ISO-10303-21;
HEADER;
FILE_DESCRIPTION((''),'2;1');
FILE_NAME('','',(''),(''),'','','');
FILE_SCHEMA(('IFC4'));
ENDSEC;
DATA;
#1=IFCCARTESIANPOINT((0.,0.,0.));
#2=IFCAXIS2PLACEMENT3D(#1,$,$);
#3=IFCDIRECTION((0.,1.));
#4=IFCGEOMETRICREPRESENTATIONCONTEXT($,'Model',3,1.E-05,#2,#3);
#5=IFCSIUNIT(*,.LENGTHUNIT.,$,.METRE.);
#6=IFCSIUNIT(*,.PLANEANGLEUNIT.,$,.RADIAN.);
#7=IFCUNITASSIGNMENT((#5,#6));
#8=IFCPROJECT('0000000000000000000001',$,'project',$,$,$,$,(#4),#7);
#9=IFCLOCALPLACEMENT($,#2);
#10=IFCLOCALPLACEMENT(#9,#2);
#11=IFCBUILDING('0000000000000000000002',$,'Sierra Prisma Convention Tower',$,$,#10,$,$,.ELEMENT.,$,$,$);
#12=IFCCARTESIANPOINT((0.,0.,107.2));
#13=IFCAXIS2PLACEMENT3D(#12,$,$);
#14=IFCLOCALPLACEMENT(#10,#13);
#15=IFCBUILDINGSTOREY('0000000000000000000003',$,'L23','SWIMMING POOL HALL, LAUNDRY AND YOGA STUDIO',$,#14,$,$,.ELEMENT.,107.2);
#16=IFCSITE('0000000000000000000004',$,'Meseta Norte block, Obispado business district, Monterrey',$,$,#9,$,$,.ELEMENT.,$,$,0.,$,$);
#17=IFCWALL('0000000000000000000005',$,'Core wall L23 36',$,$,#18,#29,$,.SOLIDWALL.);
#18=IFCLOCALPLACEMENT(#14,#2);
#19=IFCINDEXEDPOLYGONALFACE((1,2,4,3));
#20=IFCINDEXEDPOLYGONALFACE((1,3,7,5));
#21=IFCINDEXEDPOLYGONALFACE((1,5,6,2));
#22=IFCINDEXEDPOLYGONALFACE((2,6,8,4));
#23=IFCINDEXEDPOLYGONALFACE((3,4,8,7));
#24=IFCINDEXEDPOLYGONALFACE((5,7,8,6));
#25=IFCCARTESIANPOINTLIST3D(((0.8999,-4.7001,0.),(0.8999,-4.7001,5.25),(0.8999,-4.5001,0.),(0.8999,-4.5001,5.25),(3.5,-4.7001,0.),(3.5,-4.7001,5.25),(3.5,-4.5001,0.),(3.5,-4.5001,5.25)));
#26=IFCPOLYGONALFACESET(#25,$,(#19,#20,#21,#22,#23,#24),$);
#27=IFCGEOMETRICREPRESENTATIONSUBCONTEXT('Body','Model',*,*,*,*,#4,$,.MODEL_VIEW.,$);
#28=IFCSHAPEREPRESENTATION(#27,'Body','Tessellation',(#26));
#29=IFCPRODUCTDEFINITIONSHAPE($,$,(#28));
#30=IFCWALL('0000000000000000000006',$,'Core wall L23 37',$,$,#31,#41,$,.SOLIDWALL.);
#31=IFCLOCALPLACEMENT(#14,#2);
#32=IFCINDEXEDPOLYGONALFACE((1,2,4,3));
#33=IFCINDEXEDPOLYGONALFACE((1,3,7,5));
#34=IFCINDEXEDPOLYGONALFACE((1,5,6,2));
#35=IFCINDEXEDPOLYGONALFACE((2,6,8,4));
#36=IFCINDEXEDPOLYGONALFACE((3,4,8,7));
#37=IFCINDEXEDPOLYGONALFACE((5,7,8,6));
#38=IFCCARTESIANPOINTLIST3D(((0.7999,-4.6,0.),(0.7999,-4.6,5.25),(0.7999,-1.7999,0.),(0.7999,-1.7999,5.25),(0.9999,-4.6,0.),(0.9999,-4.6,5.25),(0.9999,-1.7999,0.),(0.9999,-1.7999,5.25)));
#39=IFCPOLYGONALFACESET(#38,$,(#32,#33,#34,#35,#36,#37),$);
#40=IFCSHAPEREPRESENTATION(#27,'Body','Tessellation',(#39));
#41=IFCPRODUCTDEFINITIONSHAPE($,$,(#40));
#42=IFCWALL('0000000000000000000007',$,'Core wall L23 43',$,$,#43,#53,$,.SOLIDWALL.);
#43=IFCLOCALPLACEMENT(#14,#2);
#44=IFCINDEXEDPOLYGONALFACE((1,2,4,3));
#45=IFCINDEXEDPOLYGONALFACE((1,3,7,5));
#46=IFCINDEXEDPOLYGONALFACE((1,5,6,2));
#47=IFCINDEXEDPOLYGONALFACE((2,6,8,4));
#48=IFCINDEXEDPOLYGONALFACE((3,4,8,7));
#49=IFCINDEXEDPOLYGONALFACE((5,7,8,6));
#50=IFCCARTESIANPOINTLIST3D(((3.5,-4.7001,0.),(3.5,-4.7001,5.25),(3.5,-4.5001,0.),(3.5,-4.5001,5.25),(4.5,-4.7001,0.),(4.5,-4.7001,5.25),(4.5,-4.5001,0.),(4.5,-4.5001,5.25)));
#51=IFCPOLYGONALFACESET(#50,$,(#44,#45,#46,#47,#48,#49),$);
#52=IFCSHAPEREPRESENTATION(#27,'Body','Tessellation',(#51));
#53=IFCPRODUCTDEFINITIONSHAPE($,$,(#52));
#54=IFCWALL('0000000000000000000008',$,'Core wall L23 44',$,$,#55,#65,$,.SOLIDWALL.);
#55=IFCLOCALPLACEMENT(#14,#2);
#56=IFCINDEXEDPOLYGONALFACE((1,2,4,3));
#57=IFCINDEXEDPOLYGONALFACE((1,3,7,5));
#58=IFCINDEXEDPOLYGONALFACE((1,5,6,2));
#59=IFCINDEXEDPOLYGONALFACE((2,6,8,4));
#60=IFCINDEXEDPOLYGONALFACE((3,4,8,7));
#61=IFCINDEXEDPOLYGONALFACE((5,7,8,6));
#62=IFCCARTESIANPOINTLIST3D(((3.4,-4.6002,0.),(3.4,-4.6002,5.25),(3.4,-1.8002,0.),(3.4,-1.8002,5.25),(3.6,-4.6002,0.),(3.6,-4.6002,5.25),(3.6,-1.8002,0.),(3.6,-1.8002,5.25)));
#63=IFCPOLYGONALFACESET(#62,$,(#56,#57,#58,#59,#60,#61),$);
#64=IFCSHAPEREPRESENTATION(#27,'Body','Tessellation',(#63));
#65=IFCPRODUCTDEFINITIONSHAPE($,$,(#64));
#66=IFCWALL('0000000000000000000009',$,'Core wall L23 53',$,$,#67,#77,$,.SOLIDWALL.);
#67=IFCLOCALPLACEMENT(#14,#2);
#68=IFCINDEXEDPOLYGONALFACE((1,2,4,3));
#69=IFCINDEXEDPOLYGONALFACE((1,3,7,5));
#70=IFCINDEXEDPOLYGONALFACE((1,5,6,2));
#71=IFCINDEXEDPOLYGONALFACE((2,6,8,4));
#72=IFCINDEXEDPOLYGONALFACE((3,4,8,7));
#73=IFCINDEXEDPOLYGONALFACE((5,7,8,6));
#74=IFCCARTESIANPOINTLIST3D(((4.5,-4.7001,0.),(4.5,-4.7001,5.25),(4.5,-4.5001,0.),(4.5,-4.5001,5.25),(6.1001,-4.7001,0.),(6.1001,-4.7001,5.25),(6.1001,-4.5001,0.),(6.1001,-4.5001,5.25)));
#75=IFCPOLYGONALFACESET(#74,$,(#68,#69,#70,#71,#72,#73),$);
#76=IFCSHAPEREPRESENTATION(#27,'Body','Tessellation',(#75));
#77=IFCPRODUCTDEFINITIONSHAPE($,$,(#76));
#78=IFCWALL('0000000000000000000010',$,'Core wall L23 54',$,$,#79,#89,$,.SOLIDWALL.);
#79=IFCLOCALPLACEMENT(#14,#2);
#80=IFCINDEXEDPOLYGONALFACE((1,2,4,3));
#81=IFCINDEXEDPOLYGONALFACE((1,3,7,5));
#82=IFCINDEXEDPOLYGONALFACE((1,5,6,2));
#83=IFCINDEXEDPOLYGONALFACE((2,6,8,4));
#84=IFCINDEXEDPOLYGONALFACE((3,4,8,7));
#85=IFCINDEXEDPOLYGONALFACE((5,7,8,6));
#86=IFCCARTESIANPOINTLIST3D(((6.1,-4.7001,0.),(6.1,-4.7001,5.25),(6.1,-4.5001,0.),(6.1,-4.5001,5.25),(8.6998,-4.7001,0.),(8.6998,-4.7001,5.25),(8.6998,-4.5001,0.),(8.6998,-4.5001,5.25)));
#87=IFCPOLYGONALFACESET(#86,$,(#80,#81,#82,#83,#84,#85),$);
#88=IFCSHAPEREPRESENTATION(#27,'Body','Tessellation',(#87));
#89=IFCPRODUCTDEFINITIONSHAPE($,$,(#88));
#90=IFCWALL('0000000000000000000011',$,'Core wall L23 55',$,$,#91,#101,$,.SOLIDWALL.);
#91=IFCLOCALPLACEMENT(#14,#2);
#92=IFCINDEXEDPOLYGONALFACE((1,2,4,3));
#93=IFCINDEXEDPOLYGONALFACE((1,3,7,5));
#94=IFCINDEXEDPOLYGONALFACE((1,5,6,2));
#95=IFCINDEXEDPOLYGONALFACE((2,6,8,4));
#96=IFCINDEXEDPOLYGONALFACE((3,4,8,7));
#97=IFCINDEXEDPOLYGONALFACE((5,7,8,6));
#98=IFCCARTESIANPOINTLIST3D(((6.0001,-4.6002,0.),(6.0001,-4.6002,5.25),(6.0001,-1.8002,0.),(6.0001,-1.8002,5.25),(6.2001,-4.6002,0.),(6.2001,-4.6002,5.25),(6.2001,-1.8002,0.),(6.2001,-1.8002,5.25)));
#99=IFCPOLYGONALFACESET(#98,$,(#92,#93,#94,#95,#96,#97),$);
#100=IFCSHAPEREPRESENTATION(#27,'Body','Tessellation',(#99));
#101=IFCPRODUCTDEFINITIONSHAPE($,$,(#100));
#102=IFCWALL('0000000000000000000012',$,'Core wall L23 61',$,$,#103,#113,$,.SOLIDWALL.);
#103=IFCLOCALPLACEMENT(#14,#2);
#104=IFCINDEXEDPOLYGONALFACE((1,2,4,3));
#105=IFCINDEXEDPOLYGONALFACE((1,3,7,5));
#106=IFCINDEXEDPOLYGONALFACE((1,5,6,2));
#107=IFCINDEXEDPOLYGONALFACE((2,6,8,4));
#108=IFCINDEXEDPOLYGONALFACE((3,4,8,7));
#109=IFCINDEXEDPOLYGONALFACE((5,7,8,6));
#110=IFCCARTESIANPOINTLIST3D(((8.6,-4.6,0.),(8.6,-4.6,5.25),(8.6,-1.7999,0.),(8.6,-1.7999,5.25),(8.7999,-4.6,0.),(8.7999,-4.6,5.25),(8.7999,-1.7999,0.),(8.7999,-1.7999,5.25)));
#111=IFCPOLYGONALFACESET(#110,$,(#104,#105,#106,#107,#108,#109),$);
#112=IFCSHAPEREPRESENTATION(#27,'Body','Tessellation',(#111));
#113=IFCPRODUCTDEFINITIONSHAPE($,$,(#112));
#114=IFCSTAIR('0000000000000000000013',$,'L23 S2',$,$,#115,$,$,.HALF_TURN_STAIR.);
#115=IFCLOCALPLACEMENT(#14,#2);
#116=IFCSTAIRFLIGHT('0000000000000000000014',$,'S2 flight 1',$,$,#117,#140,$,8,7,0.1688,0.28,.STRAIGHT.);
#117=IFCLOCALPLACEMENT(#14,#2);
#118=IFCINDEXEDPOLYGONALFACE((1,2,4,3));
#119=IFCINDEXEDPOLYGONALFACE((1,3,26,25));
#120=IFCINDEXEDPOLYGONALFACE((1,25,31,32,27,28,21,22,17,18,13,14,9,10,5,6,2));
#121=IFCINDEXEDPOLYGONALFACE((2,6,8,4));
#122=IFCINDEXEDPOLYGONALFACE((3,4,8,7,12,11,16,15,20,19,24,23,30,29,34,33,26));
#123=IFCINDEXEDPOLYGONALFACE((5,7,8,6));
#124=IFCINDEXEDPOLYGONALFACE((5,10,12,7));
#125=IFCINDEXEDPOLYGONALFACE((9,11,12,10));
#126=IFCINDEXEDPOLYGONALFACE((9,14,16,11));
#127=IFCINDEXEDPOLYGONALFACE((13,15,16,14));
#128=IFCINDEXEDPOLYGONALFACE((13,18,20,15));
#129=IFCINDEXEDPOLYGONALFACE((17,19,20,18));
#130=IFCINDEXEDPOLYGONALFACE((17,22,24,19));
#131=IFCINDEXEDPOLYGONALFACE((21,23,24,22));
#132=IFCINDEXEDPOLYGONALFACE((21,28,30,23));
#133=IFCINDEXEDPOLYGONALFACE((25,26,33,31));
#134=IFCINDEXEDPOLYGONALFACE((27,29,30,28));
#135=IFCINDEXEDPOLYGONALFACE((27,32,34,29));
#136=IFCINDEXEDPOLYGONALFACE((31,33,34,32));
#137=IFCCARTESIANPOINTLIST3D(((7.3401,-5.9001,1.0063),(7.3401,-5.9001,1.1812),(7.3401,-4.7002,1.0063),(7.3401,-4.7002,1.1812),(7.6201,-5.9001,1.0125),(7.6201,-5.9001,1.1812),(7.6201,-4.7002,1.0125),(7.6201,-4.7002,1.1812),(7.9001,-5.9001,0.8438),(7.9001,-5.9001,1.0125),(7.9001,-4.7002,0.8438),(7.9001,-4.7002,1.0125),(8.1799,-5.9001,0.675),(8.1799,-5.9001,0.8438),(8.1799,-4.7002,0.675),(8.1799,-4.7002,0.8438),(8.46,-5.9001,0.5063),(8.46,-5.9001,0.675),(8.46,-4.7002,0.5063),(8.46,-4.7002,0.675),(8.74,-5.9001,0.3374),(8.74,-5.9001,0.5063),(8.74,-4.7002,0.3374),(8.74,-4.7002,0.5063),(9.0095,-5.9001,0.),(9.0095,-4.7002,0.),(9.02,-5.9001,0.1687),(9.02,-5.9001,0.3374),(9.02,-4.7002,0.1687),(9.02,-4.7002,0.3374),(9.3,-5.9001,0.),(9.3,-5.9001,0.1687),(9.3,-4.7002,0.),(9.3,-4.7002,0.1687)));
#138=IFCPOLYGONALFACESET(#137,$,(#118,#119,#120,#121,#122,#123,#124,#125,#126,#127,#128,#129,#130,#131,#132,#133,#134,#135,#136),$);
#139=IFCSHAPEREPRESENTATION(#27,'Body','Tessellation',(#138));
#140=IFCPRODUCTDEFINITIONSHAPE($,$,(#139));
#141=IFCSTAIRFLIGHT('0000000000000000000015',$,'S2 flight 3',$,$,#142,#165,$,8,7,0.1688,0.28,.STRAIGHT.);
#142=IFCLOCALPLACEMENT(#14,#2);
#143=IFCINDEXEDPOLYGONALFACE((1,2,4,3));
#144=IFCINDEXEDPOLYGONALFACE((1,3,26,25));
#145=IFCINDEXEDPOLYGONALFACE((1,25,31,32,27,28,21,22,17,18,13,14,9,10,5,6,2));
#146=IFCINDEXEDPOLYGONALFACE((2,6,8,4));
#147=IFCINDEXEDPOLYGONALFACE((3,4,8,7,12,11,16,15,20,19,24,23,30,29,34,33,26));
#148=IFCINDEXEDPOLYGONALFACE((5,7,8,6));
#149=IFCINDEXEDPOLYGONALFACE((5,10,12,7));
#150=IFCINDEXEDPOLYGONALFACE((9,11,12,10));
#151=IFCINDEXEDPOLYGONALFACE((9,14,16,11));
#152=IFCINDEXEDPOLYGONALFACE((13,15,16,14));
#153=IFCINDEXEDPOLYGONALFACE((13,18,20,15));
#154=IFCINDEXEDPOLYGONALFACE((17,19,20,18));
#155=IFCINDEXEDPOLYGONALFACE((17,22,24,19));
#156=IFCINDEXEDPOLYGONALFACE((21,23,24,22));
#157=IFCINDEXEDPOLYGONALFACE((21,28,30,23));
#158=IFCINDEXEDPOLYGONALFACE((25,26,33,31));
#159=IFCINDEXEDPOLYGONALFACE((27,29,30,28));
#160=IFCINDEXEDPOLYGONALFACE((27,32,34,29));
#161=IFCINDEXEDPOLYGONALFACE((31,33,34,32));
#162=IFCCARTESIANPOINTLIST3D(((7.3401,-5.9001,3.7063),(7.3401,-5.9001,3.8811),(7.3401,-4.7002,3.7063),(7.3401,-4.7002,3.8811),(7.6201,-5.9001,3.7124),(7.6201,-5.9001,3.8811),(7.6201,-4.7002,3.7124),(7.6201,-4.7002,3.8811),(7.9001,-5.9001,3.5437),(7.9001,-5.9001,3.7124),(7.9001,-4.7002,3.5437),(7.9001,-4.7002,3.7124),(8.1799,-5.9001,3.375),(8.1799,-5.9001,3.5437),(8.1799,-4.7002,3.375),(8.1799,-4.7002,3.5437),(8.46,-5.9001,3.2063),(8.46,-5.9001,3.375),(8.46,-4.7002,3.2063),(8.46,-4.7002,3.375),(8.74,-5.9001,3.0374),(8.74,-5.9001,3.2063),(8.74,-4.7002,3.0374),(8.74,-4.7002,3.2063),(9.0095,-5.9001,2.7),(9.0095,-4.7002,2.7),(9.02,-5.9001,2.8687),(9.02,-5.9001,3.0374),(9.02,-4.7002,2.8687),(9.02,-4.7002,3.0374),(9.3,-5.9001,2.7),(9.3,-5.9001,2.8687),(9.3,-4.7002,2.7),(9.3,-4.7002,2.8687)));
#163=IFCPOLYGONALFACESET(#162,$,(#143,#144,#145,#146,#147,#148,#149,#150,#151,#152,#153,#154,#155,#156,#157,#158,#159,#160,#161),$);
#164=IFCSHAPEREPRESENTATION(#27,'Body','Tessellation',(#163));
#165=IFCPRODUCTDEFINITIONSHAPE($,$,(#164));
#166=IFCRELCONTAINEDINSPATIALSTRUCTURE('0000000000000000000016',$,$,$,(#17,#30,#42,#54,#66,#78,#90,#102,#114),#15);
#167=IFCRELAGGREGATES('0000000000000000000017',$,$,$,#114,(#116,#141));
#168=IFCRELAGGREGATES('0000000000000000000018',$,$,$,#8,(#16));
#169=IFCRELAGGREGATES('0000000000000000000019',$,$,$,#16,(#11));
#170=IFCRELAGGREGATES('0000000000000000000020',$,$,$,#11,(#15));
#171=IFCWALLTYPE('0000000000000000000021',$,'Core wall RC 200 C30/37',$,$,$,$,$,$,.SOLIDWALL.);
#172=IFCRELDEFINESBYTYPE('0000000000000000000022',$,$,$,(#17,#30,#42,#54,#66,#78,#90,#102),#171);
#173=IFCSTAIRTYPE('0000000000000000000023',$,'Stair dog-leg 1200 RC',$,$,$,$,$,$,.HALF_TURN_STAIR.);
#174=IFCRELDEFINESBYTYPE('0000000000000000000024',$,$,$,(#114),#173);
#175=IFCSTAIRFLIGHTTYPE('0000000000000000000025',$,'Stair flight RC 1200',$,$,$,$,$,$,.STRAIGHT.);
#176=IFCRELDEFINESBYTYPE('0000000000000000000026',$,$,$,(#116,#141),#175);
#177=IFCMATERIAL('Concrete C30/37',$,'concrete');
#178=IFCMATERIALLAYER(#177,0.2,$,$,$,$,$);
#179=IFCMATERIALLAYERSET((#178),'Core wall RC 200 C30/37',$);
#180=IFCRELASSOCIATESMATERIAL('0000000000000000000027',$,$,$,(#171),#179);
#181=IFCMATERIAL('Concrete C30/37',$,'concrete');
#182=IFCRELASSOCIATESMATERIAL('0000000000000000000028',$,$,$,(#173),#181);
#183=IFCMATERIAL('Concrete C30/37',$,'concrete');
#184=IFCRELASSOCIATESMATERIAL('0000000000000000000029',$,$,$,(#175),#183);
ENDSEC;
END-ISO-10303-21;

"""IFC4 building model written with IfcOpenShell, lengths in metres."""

from ifc_helpers import new_model, si_unit, direction, frame, frame_2d, origin, place, context, subcontext, project, spatial, polyline, rectangle, outline, extrude, material, layer, layer_set, type_object, element, aggregate, save


model = new_model("IFC4")

# Units and contexts
model_context = context("Model", 3, precision=1e-05, world=origin(), true_north=direction((0.0, 1.0)))
body_context = subcontext(model_context, "Body", "Model", "MODEL_VIEW")
ifc_project = project(units=[si_unit("LENGTHUNIT", "METRE"), si_unit("PLANEANGLEUNIT", "RADIAN")], contexts=[model_context])

# Site, building, storey
site_placement = place(None, origin())
site = spatial("IfcSite", under=ifc_project, at=site_placement, Name="Meseta Norte block, Obispado business district, Monterrey", CompositionType="ELEMENT", RefElevation=0.0)
building_placement = place(site_placement, origin())
building = spatial("IfcBuilding", under=site, at=building_placement, Name="Sierra Prisma Convention Tower", CompositionType="ELEMENT")
storey_placement = place(building_placement, frame((0.0, 0.0, 107.2)))
storey = spatial("IfcBuildingStorey", under=building, at=storey_placement, Name="L23", Description="SWIMMING POOL HALL, LAUNDRY AND YOGA STUDIO", CompositionType="ELEMENT", Elevation=107.2)

# Shared definitions
ifc_material_1 = material(Name="Concrete C30/37", Category="concrete")
ifc_layer = layer(ifc_material_1, 0.2)
ifc_layer_set = layer_set([ifc_layer], Name="Core wall RC 200 C30/37")
wall_type = type_object("IfcWallType", Name="Core wall RC 200 C30/37", PredefinedType="SOLIDWALL", material=ifc_layer_set)

# Walls
wall_1_placement = place(storey_placement, frame((3.5, -4.6001, 0.0), z_axis=(0.0, 0.0, 1.0), x_axis=(-1.0, 0.0, 0.0)))
element("IfcWall", 1, at=wall_1_placement, inside=storey, type_object=wall_type, Name="Core wall L23 36", PredefinedType="SOLIDWALL", context=body_context, shape_type="SweptSolid", body=[
    extrude(rectangle(XDim=2.6001, YDim=0.2, at=frame_2d((1.3, 0.0))), origin(), (0.0, 0.0, 1.0), 5.25),
])
wall_2_placement = place(storey_placement, frame((0.8999, -1.8, 0.0), z_axis=(0.0, 0.0, 1.0), x_axis=(0.0, -1.0, 0.0)))
element("IfcWall", 2, at=wall_2_placement, inside=storey, type_object=wall_type, Name="Core wall L23 37", PredefinedType="SOLIDWALL", context=body_context, shape_type="SweptSolid", body=[
    extrude(rectangle(XDim=2.8, YDim=0.2, at=frame_2d((1.3999, 0.0))), origin(), (0.0, 0.0, 1.0), 5.25),
])

# Walls
wall_3_placement = place(storey_placement, frame((4.5, -4.6001, 0.0), z_axis=(0.0, 0.0, 1.0), x_axis=(-1.0, 0.0, 0.0)))
element("IfcWall", 3, at=wall_3_placement, inside=storey, type_object=wall_type, Name="Core wall L23 43", PredefinedType="SOLIDWALL", context=body_context, shape_type="SweptSolid", body=[
    extrude(rectangle(XDim=1.0, YDim=0.2, at=frame_2d((0.5, 0.0))), origin(), (0.0, 0.0, 1.0), 5.25),
])
wall_4_placement = place(storey_placement, frame((3.5, -4.6001, 0.0), z_axis=(0.0, 0.0, 1.0), x_axis=(0.0, 1.0, 0.0)))
element("IfcWall", 4, at=wall_4_placement, inside=storey, type_object=wall_type, Name="Core wall L23 44", PredefinedType="SOLIDWALL", context=body_context, shape_type="SweptSolid", body=[
    extrude(rectangle(XDim=2.8, YDim=0.2, at=frame_2d((1.3999, 0.0))), origin(), (0.0, 0.0, 1.0), 5.25),
])

# Walls
wall_5_placement = place(storey_placement, frame((4.5, -4.6001, 0.0), z_axis=(0.0, 0.0, 1.0), x_axis=(1.0, 0.0, 0.0)))
element("IfcWall", 5, at=wall_5_placement, inside=storey, type_object=wall_type, Name="Core wall L23 53", PredefinedType="SOLIDWALL", context=body_context, shape_type="SweptSolid", body=[
    extrude(rectangle(XDim=1.6001, YDim=0.2, at=frame_2d((0.8, 0.0))), origin(), (0.0, 0.0, 1.0), 5.25),
])
wall_6_placement = place(storey_placement, frame((6.1001, -4.6001, 0.0), z_axis=(0.0, 0.0, 1.0), x_axis=(1.0, 0.0, 0.0)))
element("IfcWall", 6, at=wall_6_placement, inside=storey, type_object=wall_type, Name="Core wall L23 54", PredefinedType="SOLIDWALL", context=body_context, shape_type="SweptSolid", body=[
    extrude(rectangle(XDim=2.5999, YDim=0.2, at=frame_2d((1.2998, 0.0))), origin(), (0.0, 0.0, 1.0), 5.25),
])
wall_7_placement = place(storey_placement, frame((6.1001, -4.6001, 0.0), z_axis=(0.0, 0.0, 1.0), x_axis=(0.0, 1.0, 0.0)))
element("IfcWall", 7, at=wall_7_placement, inside=storey, type_object=wall_type, Name="Core wall L23 55", PredefinedType="SOLIDWALL", context=body_context, shape_type="SweptSolid", body=[
    extrude(rectangle(XDim=2.8, YDim=0.2, at=frame_2d((1.3999, 0.0))), origin(), (0.0, 0.0, 1.0), 5.25),
])

# Wall
wall_8_placement = place(storey_placement, frame((8.7, -1.8, 0.0), z_axis=(0.0, 0.0, 1.0), x_axis=(0.0, -1.0, 0.0)))
element("IfcWall", 8, at=wall_8_placement, inside=storey, type_object=wall_type, Name="Core wall L23 61", PredefinedType="SOLIDWALL", context=body_context, shape_type="SweptSolid", body=[
    extrude(rectangle(XDim=2.8, YDim=0.2, at=frame_2d((1.3999, 0.0))), origin(), (0.0, 0.0, 1.0), 5.25),
])

# Stair, stair flights
ifc_material_2 = material(Name="Concrete C30/37", Category="concrete")
stair_type = type_object("IfcStairType", Name="Stair dog-leg 1200 RC", PredefinedType="HALF_TURN_STAIR", material=ifc_material_2)
stair_placement = place(storey_placement, origin())
stair = element("IfcStair", 9, at=stair_placement, inside=storey, type_object=stair_type, Name="L23 S2", PredefinedType="HALF_TURN_STAIR")
ifc_material_3 = material(Name="Concrete C30/37", Category="concrete")
stair_flight_type = type_object("IfcStairFlightType", Name="Stair flight RC 1200", PredefinedType="STRAIGHT", material=ifc_material_3)
stair_flight_1_placement = place(storey_placement, frame((9.3, -5.3, 0.0), z_axis=(0.0, 0.0, 1.0), x_axis=(-1.0, 0.0, 0.0)))
stair_flight_1 = element("IfcStairFlight", 10, at=stair_flight_1_placement, type_object=stair_flight_type, Name="S2 flight 1", NumberOfRisers=8, NumberOfTreads=7, PredefinedType="STRAIGHT", RiserHeight=0.1688, TreadLength=0.28, context=body_context, shape_type="SweptSolid", body=[
    extrude(outline(polyline([(0.0, 0.0), (0.0, 0.1687), (0.28, 0.1687), (0.28, 0.3374), (0.5601, 0.3374), (0.5601, 0.5063), (0.8401, 0.5063), (0.8401, 0.675), (1.1201, 0.675), (1.1201, 0.8438), (1.3999, 0.8438), (1.3999, 1.0125), (1.6799, 1.0125), (1.6799, 1.1812), (1.96, 1.1812), (1.96, 1.3501), (1.96, 1.0063), (0.2905, 0.0), (0.0, 0.0)])), frame((0.0, 0.6001, 0.0), z_axis=(0.0, -1.0, 0.0), x_axis=(1.0, 0.0, 0.0)), (0.0, 0.0, 1.0), 1.2),
])
stair_flight_2_placement = place(storey_placement, frame((9.3, -5.3, 2.7), z_axis=(0.0, 0.0, 1.0), x_axis=(-1.0, 0.0, 0.0)))
stair_flight_2 = element("IfcStairFlight", 11, at=stair_flight_2_placement, type_object=stair_flight_type, Name="S2 flight 3", NumberOfRisers=8, NumberOfTreads=7, PredefinedType="STRAIGHT", RiserHeight=0.1688, TreadLength=0.28, context=body_context, shape_type="SweptSolid", body=[
    extrude(outline(polyline([(0.0, 0.0), (0.0, 0.1687), (0.28, 0.1687), (0.28, 0.3374), (0.5601, 0.3374), (0.5601, 0.5063), (0.8401, 0.5063), (0.8401, 0.675), (1.1201, 0.675), (1.1201, 0.8438), (1.3999, 0.8438), (1.3999, 1.0125), (1.6799, 1.0125), (1.6799, 1.1812), (1.96, 1.1812), (1.96, 1.3501), (1.96, 1.0063), (0.2905, 0.0), (0.0, 0.0)])), frame((0.0, 0.6001, 0.0), z_axis=(0.0, -1.0, 0.0), x_axis=(1.0, 0.0, 0.0)), (0.0, 0.0, 1.0), 1.2),
])
aggregate(stair, [stair_flight_1, stair_flight_2])

save(model, "model.ifc")
